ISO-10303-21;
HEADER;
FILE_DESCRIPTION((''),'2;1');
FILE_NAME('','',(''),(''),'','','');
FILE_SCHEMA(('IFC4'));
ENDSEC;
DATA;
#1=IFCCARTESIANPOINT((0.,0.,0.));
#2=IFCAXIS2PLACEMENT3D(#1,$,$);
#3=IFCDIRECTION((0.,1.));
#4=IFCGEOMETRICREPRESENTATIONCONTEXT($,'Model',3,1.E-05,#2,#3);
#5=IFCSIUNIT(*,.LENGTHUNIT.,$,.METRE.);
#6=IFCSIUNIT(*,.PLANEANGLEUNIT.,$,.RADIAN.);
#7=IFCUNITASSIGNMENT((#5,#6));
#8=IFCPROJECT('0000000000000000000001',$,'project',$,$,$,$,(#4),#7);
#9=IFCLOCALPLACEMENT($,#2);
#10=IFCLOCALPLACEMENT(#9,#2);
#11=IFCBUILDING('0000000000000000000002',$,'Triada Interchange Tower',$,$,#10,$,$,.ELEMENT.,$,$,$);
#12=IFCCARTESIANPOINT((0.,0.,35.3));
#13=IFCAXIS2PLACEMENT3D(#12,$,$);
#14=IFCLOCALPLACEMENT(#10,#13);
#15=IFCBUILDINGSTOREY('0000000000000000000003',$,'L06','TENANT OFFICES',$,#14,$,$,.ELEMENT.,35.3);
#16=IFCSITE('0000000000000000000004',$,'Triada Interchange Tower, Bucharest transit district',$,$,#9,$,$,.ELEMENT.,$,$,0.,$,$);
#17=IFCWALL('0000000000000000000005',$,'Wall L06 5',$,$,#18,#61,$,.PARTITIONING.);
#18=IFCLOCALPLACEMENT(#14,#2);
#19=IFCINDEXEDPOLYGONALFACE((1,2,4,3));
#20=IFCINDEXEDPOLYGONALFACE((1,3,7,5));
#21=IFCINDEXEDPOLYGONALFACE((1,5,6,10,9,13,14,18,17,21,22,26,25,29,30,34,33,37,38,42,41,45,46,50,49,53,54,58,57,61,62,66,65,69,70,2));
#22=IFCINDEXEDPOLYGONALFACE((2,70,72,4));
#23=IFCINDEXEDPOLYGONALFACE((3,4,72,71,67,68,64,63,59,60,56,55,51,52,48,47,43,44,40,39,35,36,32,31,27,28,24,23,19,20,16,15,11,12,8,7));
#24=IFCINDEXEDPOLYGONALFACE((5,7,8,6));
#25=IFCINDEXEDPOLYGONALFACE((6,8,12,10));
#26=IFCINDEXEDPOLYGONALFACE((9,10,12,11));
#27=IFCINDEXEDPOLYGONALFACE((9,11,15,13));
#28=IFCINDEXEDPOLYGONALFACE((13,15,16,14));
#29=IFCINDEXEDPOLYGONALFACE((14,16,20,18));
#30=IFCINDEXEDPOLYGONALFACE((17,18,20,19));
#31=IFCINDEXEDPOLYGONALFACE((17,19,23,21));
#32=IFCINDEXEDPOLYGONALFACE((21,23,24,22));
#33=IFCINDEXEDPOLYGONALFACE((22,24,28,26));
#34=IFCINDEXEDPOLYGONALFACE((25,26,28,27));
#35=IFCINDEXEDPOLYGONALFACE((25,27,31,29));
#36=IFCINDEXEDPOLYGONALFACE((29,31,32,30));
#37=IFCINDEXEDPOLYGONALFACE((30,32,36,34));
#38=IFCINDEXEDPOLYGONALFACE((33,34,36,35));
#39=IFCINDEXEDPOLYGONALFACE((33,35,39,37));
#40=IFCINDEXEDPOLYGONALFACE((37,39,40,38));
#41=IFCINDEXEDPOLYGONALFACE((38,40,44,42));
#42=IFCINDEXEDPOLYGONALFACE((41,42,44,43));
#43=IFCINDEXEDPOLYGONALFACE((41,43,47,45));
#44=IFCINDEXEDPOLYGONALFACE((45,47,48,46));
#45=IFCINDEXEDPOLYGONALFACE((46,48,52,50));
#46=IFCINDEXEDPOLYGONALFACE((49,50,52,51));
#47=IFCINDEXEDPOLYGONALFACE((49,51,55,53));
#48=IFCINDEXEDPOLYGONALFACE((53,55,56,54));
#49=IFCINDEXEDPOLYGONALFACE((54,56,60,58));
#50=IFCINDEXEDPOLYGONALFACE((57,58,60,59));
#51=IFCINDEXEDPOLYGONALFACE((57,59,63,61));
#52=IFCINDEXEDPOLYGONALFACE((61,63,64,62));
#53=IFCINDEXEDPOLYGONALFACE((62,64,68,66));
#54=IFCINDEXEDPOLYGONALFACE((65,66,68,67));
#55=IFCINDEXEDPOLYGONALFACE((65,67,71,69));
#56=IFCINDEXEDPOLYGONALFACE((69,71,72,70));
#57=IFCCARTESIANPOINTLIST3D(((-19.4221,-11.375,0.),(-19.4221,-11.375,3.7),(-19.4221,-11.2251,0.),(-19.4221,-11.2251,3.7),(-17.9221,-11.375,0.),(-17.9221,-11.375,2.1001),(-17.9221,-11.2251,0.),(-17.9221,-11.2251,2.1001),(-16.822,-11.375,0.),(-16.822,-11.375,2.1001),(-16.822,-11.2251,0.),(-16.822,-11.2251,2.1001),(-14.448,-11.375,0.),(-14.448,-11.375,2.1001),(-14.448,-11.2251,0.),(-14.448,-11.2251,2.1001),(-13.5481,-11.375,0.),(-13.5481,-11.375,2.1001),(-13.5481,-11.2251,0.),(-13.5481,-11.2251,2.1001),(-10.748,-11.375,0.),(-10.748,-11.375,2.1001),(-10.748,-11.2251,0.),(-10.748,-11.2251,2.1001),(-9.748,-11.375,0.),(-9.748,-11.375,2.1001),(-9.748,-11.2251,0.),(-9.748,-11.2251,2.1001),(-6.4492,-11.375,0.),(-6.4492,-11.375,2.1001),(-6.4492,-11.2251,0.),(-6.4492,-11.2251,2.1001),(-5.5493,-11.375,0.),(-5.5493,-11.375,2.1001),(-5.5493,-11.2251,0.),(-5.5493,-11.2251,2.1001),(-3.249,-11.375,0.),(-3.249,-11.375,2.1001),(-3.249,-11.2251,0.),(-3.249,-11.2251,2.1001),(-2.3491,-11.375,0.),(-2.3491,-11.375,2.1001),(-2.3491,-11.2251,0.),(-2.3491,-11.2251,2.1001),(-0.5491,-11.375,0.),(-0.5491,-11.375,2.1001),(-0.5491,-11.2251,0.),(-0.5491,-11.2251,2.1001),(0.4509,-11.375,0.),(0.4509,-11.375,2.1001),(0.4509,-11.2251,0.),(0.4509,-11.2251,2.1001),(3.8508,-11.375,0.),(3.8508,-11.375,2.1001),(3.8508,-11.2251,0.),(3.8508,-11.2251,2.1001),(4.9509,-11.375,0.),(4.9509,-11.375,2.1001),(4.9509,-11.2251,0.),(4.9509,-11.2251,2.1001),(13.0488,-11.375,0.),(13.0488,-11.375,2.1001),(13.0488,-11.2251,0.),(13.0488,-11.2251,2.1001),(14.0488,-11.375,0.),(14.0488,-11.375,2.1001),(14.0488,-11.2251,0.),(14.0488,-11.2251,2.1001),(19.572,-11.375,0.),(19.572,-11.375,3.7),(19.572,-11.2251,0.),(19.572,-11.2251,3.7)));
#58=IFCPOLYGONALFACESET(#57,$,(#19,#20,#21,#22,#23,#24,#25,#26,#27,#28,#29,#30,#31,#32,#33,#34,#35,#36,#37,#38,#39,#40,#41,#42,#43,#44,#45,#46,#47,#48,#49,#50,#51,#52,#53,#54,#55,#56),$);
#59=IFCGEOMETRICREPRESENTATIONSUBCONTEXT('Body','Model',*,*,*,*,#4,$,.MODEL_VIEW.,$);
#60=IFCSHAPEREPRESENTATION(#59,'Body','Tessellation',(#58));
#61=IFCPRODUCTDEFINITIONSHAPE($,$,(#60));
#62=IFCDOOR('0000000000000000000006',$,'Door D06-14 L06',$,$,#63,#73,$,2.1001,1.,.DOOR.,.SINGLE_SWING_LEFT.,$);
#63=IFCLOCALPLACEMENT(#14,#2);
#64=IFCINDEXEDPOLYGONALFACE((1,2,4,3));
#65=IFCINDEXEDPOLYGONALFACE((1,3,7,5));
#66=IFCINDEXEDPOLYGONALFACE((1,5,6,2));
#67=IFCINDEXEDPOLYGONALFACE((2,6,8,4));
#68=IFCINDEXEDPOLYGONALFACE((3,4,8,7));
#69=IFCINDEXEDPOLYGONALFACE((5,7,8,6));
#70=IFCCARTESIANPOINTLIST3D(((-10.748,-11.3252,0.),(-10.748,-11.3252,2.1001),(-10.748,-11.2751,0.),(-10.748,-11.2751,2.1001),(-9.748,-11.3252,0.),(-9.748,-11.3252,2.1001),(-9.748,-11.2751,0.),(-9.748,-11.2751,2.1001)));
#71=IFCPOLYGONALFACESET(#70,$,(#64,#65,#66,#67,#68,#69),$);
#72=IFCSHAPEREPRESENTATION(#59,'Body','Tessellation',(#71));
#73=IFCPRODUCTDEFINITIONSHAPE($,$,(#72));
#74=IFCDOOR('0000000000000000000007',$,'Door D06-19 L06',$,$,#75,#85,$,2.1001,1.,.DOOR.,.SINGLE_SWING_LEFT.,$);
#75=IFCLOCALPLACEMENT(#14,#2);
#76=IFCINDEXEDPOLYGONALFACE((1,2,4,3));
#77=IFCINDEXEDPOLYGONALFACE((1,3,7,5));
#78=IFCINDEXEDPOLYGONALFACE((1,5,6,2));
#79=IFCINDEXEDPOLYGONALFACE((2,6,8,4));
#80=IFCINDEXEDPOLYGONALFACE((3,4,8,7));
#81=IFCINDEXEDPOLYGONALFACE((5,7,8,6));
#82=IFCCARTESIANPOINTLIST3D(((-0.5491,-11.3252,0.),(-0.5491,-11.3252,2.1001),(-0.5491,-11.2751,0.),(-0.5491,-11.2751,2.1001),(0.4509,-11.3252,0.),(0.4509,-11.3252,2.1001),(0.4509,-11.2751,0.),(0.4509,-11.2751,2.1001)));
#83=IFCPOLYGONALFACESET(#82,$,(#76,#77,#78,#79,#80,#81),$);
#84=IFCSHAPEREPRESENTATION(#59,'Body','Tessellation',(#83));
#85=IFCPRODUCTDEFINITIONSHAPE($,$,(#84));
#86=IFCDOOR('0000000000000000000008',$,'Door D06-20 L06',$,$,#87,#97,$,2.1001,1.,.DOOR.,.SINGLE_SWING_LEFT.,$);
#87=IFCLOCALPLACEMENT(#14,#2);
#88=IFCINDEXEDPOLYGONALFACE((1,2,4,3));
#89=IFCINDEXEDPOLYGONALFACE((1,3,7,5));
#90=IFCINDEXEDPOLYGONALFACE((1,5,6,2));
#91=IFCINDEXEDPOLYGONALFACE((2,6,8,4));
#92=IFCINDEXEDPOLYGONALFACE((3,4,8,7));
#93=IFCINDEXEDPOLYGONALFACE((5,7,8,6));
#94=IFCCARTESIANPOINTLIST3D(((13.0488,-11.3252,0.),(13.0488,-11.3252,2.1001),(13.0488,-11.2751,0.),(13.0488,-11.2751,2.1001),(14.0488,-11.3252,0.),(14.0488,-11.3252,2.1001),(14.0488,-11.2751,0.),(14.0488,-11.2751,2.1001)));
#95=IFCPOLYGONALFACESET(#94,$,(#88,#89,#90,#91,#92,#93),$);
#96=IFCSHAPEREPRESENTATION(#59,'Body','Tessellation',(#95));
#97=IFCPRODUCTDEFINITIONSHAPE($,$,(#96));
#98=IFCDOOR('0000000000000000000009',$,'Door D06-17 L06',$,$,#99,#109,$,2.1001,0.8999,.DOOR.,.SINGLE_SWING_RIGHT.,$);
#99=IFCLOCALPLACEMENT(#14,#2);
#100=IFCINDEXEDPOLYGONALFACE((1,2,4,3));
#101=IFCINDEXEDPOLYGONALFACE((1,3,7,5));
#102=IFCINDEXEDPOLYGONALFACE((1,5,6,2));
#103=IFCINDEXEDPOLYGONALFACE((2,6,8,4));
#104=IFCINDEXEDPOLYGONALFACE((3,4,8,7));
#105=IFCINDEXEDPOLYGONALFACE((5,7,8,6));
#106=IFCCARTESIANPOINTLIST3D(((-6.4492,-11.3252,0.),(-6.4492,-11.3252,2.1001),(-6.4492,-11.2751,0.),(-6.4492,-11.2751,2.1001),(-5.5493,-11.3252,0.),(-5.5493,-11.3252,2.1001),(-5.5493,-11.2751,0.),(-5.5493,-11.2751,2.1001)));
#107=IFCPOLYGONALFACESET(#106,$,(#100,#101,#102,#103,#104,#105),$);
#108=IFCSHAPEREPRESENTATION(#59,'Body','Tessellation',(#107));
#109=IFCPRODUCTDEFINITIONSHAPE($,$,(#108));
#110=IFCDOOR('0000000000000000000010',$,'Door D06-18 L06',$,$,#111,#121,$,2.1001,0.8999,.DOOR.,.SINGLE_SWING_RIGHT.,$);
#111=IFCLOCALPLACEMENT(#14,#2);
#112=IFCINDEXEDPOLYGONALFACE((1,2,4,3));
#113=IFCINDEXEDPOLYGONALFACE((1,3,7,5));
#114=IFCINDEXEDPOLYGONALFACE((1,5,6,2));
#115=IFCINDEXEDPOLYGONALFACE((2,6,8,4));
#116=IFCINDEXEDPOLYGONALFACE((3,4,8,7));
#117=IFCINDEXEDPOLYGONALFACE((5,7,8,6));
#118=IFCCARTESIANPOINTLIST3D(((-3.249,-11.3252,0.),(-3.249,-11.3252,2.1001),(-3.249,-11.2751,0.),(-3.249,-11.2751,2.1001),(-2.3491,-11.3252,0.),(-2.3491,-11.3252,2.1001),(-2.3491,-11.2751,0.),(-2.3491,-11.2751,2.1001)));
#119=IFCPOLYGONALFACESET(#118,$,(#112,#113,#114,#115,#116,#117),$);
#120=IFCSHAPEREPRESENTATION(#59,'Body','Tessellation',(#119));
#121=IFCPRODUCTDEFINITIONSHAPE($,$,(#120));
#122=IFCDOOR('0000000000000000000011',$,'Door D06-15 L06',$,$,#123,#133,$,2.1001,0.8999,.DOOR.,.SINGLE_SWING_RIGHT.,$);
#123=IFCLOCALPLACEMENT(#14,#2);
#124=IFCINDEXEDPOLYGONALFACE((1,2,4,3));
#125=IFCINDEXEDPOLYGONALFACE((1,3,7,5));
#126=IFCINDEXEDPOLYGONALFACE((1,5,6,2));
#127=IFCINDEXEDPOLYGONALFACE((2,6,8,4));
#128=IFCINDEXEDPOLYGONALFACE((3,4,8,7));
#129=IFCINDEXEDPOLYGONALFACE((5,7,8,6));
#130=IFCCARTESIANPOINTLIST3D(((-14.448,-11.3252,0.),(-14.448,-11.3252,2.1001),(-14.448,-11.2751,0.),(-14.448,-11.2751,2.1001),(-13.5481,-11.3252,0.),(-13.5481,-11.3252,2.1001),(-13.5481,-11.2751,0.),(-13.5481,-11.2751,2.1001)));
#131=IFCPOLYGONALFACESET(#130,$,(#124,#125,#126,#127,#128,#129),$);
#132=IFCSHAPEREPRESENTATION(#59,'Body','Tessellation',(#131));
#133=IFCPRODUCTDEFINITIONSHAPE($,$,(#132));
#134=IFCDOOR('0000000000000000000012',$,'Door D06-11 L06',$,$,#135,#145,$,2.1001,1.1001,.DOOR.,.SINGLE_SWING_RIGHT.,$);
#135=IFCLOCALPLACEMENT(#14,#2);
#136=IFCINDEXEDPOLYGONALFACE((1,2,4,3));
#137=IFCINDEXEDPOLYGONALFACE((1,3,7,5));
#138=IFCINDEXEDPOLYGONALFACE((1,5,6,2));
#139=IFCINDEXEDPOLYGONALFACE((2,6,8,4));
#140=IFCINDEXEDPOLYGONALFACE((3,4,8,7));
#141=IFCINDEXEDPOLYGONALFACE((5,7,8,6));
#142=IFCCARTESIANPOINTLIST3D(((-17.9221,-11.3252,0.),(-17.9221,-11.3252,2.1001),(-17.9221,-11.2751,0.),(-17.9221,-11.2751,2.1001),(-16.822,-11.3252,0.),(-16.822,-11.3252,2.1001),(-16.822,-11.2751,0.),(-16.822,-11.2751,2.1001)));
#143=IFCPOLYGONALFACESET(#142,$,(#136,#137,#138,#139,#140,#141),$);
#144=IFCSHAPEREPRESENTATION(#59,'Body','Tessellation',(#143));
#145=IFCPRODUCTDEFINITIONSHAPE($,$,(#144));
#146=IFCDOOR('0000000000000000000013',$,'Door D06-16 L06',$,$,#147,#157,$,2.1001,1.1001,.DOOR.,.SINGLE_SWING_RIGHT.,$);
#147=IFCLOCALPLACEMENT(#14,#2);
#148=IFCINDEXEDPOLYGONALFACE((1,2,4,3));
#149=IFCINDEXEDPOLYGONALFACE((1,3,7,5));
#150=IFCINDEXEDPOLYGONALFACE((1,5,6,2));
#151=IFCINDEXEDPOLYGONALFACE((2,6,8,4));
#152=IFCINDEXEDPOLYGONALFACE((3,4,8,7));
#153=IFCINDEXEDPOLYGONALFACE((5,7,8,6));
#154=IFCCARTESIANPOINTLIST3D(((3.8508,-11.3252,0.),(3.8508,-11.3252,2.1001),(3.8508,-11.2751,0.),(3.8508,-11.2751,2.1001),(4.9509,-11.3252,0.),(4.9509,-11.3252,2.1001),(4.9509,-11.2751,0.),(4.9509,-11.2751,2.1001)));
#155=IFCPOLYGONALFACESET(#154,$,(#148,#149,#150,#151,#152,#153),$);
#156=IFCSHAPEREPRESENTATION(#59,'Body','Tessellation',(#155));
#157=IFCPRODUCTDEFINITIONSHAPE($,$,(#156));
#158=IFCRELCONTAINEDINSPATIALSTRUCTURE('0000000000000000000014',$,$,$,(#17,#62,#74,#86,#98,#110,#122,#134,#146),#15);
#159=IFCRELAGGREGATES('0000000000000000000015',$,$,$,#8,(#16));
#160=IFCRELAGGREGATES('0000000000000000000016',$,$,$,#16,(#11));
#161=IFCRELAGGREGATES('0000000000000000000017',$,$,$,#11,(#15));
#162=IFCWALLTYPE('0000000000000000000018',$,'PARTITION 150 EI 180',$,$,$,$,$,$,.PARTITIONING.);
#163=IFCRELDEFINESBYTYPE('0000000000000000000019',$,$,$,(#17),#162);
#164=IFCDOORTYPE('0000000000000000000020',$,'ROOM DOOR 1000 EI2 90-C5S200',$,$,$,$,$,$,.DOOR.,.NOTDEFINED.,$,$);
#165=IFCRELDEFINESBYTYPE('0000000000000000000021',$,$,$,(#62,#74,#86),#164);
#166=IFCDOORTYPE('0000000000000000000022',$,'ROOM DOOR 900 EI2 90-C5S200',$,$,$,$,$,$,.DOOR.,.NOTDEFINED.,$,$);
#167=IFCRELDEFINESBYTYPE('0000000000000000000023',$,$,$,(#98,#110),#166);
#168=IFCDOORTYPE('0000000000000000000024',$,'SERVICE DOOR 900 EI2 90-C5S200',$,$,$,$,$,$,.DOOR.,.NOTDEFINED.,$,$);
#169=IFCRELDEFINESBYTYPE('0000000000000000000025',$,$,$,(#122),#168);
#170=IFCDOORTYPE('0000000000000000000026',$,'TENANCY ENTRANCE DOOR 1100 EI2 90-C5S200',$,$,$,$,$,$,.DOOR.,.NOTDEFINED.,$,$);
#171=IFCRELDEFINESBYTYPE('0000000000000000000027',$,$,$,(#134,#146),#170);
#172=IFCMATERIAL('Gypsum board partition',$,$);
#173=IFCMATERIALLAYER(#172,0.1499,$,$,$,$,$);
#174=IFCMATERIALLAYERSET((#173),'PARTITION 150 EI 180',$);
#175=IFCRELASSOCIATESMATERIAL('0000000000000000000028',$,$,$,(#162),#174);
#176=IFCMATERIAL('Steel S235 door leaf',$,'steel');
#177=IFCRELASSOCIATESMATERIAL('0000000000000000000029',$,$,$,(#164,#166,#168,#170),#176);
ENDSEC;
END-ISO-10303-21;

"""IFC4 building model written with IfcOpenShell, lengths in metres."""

from ifc_helpers import new_model, si_unit, direction, frame, frame_2d, origin, place, context, subcontext, project, spatial, rectangle, extrude, material, layer, layer_set, type_object, element, fill, save


model = new_model("IFC4")

# Units and contexts
model_context = context("Model", 3, precision=1e-05, world=origin(), true_north=direction((0.0, 1.0)))
body_context = subcontext(model_context, "Body", "Model", "MODEL_VIEW")
ifc_project = project(units=[si_unit("LENGTHUNIT", "METRE"), si_unit("PLANEANGLEUNIT", "RADIAN")], contexts=[model_context])

# Site, building, storey
site_placement = place(None, origin())
site = spatial("IfcSite", under=ifc_project, at=site_placement, Name="Triada Interchange Tower, Bucharest transit district", CompositionType="ELEMENT", RefElevation=0.0)
building_placement = place(site_placement, origin())
building = spatial("IfcBuilding", under=site, at=building_placement, Name="Triada Interchange Tower", CompositionType="ELEMENT")
storey_placement = place(building_placement, frame((0.0, 0.0, 35.3)))
storey = spatial("IfcBuildingStorey", under=building, at=storey_placement, Name="L06", Description="TENANT OFFICES", CompositionType="ELEMENT", Elevation=35.3)

# Wall, openings, doors
ifc_material_1 = material(Name="Gypsum board partition")
ifc_layer = layer(ifc_material_1, 0.1499)
ifc_layer_set = layer_set([ifc_layer], Name="PARTITION 150 EI 180")
wall_type = type_object("IfcWallType", Name="PARTITION 150 EI 180", PredefinedType="PARTITIONING", material=ifc_layer_set)
ifc_material_2 = material(Name="Steel S235 door leaf", Category="steel")
door_type_1 = type_object("IfcDoorType", Name="ROOM DOOR 1000 EI2 90-C5S200", OperationType="NOTDEFINED", PredefinedType="DOOR", material=ifc_material_2)
door_type_2 = type_object("IfcDoorType", Name="ROOM DOOR 900 EI2 90-C5S200", OperationType="NOTDEFINED", PredefinedType="DOOR", material=ifc_material_2)
door_type_3 = type_object("IfcDoorType", Name="SERVICE DOOR 900 EI2 90-C5S200", OperationType="NOTDEFINED", PredefinedType="DOOR", material=ifc_material_2)
door_type_4 = type_object("IfcDoorType", Name="TENANCY ENTRANCE DOOR 1100 EI2 90-C5S200", OperationType="NOTDEFINED", PredefinedType="DOOR", material=ifc_material_2)
wall_1_placement = place(storey_placement, frame((-19.4221, -11.3, 0.0), z_axis=(0.0, 0.0, 1.0), x_axis=(1.0, 0.0, 0.0)))
wall_1 = element("IfcWall", 1, at=wall_1_placement, inside=storey, type_object=wall_type, Name="Wall L06 5", PredefinedType="PARTITIONING", context=body_context, shape_type="SweptSolid", body=[
    extrude(rectangle(XDim=38.9941, YDim=0.1499, at=frame_2d((19.4971, 0.0))), origin(), (0.0, 0.0, 1.0), 3.7),
])
opening_1_placement = place(wall_1_placement, frame((1.5, 0.0, 0.0)))
opening_1 = element("IfcOpeningElement", 2, at=opening_1_placement, cuts=wall_1, PredefinedType="OPENING", context=body_context, shape_type="SweptSolid", body=[
    extrude(rectangle(XDim=1.1001, YDim=2.1001, at=frame_2d((0.55, 1.05))), frame((0.0, 0.085, 0.0), z_axis=(0.0, -1.0, 0.0), x_axis=(1.0, 0.0, 0.0)), (0.0, 0.0, 1.0), 0.1699),
])
opening_2_placement = place(wall_1_placement, frame((8.6741, 0.0, 0.0)))
opening_2 = element("IfcOpeningElement", 3, at=opening_2_placement, cuts=wall_1, PredefinedType="OPENING", context=body_context, shape_type="SweptSolid", body=[
    extrude(rectangle(XDim=1.0, YDim=2.1001, at=frame_2d((0.5, 1.05))), frame((0.0, 0.085, 0.0), z_axis=(0.0, -1.0, 0.0), x_axis=(1.0, 0.0, 0.0)), (0.0, 0.0, 1.0), 0.1699),
])
opening_3_placement = place(wall_1_placement, frame((4.9741, 0.0, 0.0)))
opening_3 = element("IfcOpeningElement", 4, at=opening_3_placement, cuts=wall_1, PredefinedType="OPENING", context=body_context, shape_type="SweptSolid", body=[
    extrude(rectangle(XDim=0.8999, YDim=2.1001, at=frame_2d((0.45, 1.05))), frame((0.0, 0.085, 0.0), z_axis=(0.0, -1.0, 0.0), x_axis=(1.0, 0.0, 0.0)), (0.0, 0.0, 1.0), 0.1699),
])
opening_4_placement = place(wall_1_placement, frame((23.2729, 0.0, 0.0)))
opening_4 = element("IfcOpeningElement", 5, at=opening_4_placement, cuts=wall_1, PredefinedType="OPENING", context=body_context, shape_type="SweptSolid", body=[
    extrude(rectangle(XDim=1.1001, YDim=2.1001, at=frame_2d((0.55, 1.05))), frame((0.0, 0.085, 0.0), z_axis=(0.0, -1.0, 0.0), x_axis=(1.0, 0.0, 0.0)), (0.0, 0.0, 1.0), 0.1699),
])
opening_5_placement = place(wall_1_placement, frame((12.9729, 0.0, 0.0)))
opening_5 = element("IfcOpeningElement", 6, at=opening_5_placement, cuts=wall_1, PredefinedType="OPENING", context=body_context, shape_type="SweptSolid", body=[
    extrude(rectangle(XDim=0.8999, YDim=2.1001, at=frame_2d((0.45, 1.05))), frame((0.0, 0.085, 0.0), z_axis=(0.0, -1.0, 0.0), x_axis=(1.0, 0.0, 0.0)), (0.0, 0.0, 1.0), 0.1699),
])
opening_6_placement = place(wall_1_placement, frame((16.1731, 0.0, 0.0)))
opening_6 = element("IfcOpeningElement", 7, at=opening_6_placement, cuts=wall_1, PredefinedType="OPENING", context=body_context, shape_type="SweptSolid", body=[
    extrude(rectangle(XDim=0.8999, YDim=2.1001, at=frame_2d((0.45, 1.05))), frame((0.0, 0.085, 0.0), z_axis=(0.0, -1.0, 0.0), x_axis=(1.0, 0.0, 0.0)), (0.0, 0.0, 1.0), 0.1699),
])
opening_7_placement = place(wall_1_placement, frame((18.873, 0.0, 0.0)))
opening_7 = element("IfcOpeningElement", 8, at=opening_7_placement, cuts=wall_1, PredefinedType="OPENING", context=body_context, shape_type="SweptSolid", body=[
    extrude(rectangle(XDim=1.0, YDim=2.1001, at=frame_2d((0.5, 1.05))), frame((0.0, 0.085, 0.0), z_axis=(0.0, -1.0, 0.0), x_axis=(1.0, 0.0, 0.0)), (0.0, 0.0, 1.0), 0.1699),
])
opening_8_placement = place(wall_1_placement, frame((32.4709, 0.0, 0.0)))
opening_8 = element("IfcOpeningElement", 9, at=opening_8_placement, cuts=wall_1, PredefinedType="OPENING", context=body_context, shape_type="SweptSolid", body=[
    extrude(rectangle(XDim=1.0, YDim=2.1001, at=frame_2d((0.5, 1.05))), frame((0.0, 0.085, 0.0), z_axis=(0.0, -1.0, 0.0), x_axis=(1.0, 0.0, 0.0)), (0.0, 0.0, 1.0), 0.1699),
])
door_1_placement = place(opening_2_placement, origin())
door_1 = element("IfcDoor", 10, at=door_1_placement, inside=storey, type_object=door_type_1, Name="Door D06-14 L06", OperationType="SINGLE_SWING_LEFT", OverallHeight=2.1001, OverallWidth=1.0, PredefinedType="DOOR", context=body_context, shape_type="SweptSolid", body=[
    extrude(rectangle(XDim=1.0, YDim=2.1001, at=frame_2d((0.5, 1.05))), frame((0.0, 0.0249, 0.0), z_axis=(0.0, -1.0, 0.0), x_axis=(1.0, 0.0, 0.0)), (0.0, 0.0, 1.0), 0.05),
])
fill(opening_2, door_1)
door_2_placement = place(opening_7_placement, origin())
door_2 = element("IfcDoor", 11, at=door_2_placement, inside=storey, type_object=door_type_1, Name="Door D06-19 L06", OperationType="SINGLE_SWING_LEFT", OverallHeight=2.1001, OverallWidth=1.0, PredefinedType="DOOR", context=body_context, shape_type="SweptSolid", body=[
    extrude(rectangle(XDim=1.0, YDim=2.1001, at=frame_2d((0.5, 1.05))), frame((0.0, 0.0249, 0.0), z_axis=(0.0, -1.0, 0.0), x_axis=(1.0, 0.0, 0.0)), (0.0, 0.0, 1.0), 0.05),
])
fill(opening_7, door_2)
door_3_placement = place(opening_8_placement, origin())
door_3 = element("IfcDoor", 12, at=door_3_placement, inside=storey, type_object=door_type_1, Name="Door D06-20 L06", OperationType="SINGLE_SWING_LEFT", OverallHeight=2.1001, OverallWidth=1.0, PredefinedType="DOOR", context=body_context, shape_type="SweptSolid", body=[
    extrude(rectangle(XDim=1.0, YDim=2.1001, at=frame_2d((0.5, 1.05))), frame((0.0, 0.0249, 0.0), z_axis=(0.0, -1.0, 0.0), x_axis=(1.0, 0.0, 0.0)), (0.0, 0.0, 1.0), 0.05),
])
fill(opening_8, door_3)
door_4_placement = place(opening_5_placement, origin())
door_4 = element("IfcDoor", 13, at=door_4_placement, inside=storey, type_object=door_type_2, Name="Door D06-17 L06", OperationType="SINGLE_SWING_RIGHT", OverallHeight=2.1001, OverallWidth=0.8999, PredefinedType="DOOR", context=body_context, shape_type="SweptSolid", body=[
    extrude(rectangle(XDim=0.8999, YDim=2.1001, at=frame_2d((0.45, 1.05))), frame((0.0, 0.0249, 0.0), z_axis=(0.0, -1.0, 0.0), x_axis=(1.0, 0.0, 0.0)), (0.0, 0.0, 1.0), 0.05),
])
fill(opening_5, door_4)
door_5_placement = place(opening_6_placement, origin())
door_5 = element("IfcDoor", 14, at=door_5_placement, inside=storey, type_object=door_type_2, Name="Door D06-18 L06", OperationType="SINGLE_SWING_RIGHT", OverallHeight=2.1001, OverallWidth=0.8999, PredefinedType="DOOR", context=body_context, shape_type="SweptSolid", body=[
    extrude(rectangle(XDim=0.8999, YDim=2.1001, at=frame_2d((0.45, 1.05))), frame((0.0, 0.0249, 0.0), z_axis=(0.0, -1.0, 0.0), x_axis=(1.0, 0.0, 0.0)), (0.0, 0.0, 1.0), 0.05),
])
fill(opening_6, door_5)
door_6_placement = place(opening_3_placement, origin())
door_6 = element("IfcDoor", 15, at=door_6_placement, inside=storey, type_object=door_type_3, Name="Door D06-15 L06", OperationType="SINGLE_SWING_RIGHT", OverallHeight=2.1001, OverallWidth=0.8999, PredefinedType="DOOR", context=body_context, shape_type="SweptSolid", body=[
    extrude(rectangle(XDim=0.8999, YDim=2.1001, at=frame_2d((0.45, 1.05))), frame((0.0, 0.0249, 0.0), z_axis=(0.0, -1.0, 0.0), x_axis=(1.0, 0.0, 0.0)), (0.0, 0.0, 1.0), 0.05),
])
fill(opening_3, door_6)
door_7_placement = place(opening_1_placement, origin())
door_7 = element("IfcDoor", 16, at=door_7_placement, inside=storey, type_object=door_type_4, Name="Door D06-11 L06", OperationType="SINGLE_SWING_RIGHT", OverallHeight=2.1001, OverallWidth=1.1001, PredefinedType="DOOR", context=body_context, shape_type="SweptSolid", body=[
    extrude(rectangle(XDim=1.1001, YDim=2.1001, at=frame_2d((0.55, 1.05))), frame((0.0, 0.0249, 0.0), z_axis=(0.0, -1.0, 0.0), x_axis=(1.0, 0.0, 0.0)), (0.0, 0.0, 1.0), 0.05),
])
fill(opening_1, door_7)
door_8_placement = place(opening_4_placement, origin())
door_8 = element("IfcDoor", 17, at=door_8_placement, inside=storey, type_object=door_type_4, Name="Door D06-16 L06", OperationType="SINGLE_SWING_RIGHT", OverallHeight=2.1001, OverallWidth=1.1001, PredefinedType="DOOR", context=body_context, shape_type="SweptSolid", body=[
    extrude(rectangle(XDim=1.1001, YDim=2.1001, at=frame_2d((0.55, 1.05))), frame((0.0, 0.0249, 0.0), z_axis=(0.0, -1.0, 0.0), x_axis=(1.0, 0.0, 0.0)), (0.0, 0.0, 1.0), 0.05),
])
fill(opening_4, door_8)

save(model, "model.ifc")
